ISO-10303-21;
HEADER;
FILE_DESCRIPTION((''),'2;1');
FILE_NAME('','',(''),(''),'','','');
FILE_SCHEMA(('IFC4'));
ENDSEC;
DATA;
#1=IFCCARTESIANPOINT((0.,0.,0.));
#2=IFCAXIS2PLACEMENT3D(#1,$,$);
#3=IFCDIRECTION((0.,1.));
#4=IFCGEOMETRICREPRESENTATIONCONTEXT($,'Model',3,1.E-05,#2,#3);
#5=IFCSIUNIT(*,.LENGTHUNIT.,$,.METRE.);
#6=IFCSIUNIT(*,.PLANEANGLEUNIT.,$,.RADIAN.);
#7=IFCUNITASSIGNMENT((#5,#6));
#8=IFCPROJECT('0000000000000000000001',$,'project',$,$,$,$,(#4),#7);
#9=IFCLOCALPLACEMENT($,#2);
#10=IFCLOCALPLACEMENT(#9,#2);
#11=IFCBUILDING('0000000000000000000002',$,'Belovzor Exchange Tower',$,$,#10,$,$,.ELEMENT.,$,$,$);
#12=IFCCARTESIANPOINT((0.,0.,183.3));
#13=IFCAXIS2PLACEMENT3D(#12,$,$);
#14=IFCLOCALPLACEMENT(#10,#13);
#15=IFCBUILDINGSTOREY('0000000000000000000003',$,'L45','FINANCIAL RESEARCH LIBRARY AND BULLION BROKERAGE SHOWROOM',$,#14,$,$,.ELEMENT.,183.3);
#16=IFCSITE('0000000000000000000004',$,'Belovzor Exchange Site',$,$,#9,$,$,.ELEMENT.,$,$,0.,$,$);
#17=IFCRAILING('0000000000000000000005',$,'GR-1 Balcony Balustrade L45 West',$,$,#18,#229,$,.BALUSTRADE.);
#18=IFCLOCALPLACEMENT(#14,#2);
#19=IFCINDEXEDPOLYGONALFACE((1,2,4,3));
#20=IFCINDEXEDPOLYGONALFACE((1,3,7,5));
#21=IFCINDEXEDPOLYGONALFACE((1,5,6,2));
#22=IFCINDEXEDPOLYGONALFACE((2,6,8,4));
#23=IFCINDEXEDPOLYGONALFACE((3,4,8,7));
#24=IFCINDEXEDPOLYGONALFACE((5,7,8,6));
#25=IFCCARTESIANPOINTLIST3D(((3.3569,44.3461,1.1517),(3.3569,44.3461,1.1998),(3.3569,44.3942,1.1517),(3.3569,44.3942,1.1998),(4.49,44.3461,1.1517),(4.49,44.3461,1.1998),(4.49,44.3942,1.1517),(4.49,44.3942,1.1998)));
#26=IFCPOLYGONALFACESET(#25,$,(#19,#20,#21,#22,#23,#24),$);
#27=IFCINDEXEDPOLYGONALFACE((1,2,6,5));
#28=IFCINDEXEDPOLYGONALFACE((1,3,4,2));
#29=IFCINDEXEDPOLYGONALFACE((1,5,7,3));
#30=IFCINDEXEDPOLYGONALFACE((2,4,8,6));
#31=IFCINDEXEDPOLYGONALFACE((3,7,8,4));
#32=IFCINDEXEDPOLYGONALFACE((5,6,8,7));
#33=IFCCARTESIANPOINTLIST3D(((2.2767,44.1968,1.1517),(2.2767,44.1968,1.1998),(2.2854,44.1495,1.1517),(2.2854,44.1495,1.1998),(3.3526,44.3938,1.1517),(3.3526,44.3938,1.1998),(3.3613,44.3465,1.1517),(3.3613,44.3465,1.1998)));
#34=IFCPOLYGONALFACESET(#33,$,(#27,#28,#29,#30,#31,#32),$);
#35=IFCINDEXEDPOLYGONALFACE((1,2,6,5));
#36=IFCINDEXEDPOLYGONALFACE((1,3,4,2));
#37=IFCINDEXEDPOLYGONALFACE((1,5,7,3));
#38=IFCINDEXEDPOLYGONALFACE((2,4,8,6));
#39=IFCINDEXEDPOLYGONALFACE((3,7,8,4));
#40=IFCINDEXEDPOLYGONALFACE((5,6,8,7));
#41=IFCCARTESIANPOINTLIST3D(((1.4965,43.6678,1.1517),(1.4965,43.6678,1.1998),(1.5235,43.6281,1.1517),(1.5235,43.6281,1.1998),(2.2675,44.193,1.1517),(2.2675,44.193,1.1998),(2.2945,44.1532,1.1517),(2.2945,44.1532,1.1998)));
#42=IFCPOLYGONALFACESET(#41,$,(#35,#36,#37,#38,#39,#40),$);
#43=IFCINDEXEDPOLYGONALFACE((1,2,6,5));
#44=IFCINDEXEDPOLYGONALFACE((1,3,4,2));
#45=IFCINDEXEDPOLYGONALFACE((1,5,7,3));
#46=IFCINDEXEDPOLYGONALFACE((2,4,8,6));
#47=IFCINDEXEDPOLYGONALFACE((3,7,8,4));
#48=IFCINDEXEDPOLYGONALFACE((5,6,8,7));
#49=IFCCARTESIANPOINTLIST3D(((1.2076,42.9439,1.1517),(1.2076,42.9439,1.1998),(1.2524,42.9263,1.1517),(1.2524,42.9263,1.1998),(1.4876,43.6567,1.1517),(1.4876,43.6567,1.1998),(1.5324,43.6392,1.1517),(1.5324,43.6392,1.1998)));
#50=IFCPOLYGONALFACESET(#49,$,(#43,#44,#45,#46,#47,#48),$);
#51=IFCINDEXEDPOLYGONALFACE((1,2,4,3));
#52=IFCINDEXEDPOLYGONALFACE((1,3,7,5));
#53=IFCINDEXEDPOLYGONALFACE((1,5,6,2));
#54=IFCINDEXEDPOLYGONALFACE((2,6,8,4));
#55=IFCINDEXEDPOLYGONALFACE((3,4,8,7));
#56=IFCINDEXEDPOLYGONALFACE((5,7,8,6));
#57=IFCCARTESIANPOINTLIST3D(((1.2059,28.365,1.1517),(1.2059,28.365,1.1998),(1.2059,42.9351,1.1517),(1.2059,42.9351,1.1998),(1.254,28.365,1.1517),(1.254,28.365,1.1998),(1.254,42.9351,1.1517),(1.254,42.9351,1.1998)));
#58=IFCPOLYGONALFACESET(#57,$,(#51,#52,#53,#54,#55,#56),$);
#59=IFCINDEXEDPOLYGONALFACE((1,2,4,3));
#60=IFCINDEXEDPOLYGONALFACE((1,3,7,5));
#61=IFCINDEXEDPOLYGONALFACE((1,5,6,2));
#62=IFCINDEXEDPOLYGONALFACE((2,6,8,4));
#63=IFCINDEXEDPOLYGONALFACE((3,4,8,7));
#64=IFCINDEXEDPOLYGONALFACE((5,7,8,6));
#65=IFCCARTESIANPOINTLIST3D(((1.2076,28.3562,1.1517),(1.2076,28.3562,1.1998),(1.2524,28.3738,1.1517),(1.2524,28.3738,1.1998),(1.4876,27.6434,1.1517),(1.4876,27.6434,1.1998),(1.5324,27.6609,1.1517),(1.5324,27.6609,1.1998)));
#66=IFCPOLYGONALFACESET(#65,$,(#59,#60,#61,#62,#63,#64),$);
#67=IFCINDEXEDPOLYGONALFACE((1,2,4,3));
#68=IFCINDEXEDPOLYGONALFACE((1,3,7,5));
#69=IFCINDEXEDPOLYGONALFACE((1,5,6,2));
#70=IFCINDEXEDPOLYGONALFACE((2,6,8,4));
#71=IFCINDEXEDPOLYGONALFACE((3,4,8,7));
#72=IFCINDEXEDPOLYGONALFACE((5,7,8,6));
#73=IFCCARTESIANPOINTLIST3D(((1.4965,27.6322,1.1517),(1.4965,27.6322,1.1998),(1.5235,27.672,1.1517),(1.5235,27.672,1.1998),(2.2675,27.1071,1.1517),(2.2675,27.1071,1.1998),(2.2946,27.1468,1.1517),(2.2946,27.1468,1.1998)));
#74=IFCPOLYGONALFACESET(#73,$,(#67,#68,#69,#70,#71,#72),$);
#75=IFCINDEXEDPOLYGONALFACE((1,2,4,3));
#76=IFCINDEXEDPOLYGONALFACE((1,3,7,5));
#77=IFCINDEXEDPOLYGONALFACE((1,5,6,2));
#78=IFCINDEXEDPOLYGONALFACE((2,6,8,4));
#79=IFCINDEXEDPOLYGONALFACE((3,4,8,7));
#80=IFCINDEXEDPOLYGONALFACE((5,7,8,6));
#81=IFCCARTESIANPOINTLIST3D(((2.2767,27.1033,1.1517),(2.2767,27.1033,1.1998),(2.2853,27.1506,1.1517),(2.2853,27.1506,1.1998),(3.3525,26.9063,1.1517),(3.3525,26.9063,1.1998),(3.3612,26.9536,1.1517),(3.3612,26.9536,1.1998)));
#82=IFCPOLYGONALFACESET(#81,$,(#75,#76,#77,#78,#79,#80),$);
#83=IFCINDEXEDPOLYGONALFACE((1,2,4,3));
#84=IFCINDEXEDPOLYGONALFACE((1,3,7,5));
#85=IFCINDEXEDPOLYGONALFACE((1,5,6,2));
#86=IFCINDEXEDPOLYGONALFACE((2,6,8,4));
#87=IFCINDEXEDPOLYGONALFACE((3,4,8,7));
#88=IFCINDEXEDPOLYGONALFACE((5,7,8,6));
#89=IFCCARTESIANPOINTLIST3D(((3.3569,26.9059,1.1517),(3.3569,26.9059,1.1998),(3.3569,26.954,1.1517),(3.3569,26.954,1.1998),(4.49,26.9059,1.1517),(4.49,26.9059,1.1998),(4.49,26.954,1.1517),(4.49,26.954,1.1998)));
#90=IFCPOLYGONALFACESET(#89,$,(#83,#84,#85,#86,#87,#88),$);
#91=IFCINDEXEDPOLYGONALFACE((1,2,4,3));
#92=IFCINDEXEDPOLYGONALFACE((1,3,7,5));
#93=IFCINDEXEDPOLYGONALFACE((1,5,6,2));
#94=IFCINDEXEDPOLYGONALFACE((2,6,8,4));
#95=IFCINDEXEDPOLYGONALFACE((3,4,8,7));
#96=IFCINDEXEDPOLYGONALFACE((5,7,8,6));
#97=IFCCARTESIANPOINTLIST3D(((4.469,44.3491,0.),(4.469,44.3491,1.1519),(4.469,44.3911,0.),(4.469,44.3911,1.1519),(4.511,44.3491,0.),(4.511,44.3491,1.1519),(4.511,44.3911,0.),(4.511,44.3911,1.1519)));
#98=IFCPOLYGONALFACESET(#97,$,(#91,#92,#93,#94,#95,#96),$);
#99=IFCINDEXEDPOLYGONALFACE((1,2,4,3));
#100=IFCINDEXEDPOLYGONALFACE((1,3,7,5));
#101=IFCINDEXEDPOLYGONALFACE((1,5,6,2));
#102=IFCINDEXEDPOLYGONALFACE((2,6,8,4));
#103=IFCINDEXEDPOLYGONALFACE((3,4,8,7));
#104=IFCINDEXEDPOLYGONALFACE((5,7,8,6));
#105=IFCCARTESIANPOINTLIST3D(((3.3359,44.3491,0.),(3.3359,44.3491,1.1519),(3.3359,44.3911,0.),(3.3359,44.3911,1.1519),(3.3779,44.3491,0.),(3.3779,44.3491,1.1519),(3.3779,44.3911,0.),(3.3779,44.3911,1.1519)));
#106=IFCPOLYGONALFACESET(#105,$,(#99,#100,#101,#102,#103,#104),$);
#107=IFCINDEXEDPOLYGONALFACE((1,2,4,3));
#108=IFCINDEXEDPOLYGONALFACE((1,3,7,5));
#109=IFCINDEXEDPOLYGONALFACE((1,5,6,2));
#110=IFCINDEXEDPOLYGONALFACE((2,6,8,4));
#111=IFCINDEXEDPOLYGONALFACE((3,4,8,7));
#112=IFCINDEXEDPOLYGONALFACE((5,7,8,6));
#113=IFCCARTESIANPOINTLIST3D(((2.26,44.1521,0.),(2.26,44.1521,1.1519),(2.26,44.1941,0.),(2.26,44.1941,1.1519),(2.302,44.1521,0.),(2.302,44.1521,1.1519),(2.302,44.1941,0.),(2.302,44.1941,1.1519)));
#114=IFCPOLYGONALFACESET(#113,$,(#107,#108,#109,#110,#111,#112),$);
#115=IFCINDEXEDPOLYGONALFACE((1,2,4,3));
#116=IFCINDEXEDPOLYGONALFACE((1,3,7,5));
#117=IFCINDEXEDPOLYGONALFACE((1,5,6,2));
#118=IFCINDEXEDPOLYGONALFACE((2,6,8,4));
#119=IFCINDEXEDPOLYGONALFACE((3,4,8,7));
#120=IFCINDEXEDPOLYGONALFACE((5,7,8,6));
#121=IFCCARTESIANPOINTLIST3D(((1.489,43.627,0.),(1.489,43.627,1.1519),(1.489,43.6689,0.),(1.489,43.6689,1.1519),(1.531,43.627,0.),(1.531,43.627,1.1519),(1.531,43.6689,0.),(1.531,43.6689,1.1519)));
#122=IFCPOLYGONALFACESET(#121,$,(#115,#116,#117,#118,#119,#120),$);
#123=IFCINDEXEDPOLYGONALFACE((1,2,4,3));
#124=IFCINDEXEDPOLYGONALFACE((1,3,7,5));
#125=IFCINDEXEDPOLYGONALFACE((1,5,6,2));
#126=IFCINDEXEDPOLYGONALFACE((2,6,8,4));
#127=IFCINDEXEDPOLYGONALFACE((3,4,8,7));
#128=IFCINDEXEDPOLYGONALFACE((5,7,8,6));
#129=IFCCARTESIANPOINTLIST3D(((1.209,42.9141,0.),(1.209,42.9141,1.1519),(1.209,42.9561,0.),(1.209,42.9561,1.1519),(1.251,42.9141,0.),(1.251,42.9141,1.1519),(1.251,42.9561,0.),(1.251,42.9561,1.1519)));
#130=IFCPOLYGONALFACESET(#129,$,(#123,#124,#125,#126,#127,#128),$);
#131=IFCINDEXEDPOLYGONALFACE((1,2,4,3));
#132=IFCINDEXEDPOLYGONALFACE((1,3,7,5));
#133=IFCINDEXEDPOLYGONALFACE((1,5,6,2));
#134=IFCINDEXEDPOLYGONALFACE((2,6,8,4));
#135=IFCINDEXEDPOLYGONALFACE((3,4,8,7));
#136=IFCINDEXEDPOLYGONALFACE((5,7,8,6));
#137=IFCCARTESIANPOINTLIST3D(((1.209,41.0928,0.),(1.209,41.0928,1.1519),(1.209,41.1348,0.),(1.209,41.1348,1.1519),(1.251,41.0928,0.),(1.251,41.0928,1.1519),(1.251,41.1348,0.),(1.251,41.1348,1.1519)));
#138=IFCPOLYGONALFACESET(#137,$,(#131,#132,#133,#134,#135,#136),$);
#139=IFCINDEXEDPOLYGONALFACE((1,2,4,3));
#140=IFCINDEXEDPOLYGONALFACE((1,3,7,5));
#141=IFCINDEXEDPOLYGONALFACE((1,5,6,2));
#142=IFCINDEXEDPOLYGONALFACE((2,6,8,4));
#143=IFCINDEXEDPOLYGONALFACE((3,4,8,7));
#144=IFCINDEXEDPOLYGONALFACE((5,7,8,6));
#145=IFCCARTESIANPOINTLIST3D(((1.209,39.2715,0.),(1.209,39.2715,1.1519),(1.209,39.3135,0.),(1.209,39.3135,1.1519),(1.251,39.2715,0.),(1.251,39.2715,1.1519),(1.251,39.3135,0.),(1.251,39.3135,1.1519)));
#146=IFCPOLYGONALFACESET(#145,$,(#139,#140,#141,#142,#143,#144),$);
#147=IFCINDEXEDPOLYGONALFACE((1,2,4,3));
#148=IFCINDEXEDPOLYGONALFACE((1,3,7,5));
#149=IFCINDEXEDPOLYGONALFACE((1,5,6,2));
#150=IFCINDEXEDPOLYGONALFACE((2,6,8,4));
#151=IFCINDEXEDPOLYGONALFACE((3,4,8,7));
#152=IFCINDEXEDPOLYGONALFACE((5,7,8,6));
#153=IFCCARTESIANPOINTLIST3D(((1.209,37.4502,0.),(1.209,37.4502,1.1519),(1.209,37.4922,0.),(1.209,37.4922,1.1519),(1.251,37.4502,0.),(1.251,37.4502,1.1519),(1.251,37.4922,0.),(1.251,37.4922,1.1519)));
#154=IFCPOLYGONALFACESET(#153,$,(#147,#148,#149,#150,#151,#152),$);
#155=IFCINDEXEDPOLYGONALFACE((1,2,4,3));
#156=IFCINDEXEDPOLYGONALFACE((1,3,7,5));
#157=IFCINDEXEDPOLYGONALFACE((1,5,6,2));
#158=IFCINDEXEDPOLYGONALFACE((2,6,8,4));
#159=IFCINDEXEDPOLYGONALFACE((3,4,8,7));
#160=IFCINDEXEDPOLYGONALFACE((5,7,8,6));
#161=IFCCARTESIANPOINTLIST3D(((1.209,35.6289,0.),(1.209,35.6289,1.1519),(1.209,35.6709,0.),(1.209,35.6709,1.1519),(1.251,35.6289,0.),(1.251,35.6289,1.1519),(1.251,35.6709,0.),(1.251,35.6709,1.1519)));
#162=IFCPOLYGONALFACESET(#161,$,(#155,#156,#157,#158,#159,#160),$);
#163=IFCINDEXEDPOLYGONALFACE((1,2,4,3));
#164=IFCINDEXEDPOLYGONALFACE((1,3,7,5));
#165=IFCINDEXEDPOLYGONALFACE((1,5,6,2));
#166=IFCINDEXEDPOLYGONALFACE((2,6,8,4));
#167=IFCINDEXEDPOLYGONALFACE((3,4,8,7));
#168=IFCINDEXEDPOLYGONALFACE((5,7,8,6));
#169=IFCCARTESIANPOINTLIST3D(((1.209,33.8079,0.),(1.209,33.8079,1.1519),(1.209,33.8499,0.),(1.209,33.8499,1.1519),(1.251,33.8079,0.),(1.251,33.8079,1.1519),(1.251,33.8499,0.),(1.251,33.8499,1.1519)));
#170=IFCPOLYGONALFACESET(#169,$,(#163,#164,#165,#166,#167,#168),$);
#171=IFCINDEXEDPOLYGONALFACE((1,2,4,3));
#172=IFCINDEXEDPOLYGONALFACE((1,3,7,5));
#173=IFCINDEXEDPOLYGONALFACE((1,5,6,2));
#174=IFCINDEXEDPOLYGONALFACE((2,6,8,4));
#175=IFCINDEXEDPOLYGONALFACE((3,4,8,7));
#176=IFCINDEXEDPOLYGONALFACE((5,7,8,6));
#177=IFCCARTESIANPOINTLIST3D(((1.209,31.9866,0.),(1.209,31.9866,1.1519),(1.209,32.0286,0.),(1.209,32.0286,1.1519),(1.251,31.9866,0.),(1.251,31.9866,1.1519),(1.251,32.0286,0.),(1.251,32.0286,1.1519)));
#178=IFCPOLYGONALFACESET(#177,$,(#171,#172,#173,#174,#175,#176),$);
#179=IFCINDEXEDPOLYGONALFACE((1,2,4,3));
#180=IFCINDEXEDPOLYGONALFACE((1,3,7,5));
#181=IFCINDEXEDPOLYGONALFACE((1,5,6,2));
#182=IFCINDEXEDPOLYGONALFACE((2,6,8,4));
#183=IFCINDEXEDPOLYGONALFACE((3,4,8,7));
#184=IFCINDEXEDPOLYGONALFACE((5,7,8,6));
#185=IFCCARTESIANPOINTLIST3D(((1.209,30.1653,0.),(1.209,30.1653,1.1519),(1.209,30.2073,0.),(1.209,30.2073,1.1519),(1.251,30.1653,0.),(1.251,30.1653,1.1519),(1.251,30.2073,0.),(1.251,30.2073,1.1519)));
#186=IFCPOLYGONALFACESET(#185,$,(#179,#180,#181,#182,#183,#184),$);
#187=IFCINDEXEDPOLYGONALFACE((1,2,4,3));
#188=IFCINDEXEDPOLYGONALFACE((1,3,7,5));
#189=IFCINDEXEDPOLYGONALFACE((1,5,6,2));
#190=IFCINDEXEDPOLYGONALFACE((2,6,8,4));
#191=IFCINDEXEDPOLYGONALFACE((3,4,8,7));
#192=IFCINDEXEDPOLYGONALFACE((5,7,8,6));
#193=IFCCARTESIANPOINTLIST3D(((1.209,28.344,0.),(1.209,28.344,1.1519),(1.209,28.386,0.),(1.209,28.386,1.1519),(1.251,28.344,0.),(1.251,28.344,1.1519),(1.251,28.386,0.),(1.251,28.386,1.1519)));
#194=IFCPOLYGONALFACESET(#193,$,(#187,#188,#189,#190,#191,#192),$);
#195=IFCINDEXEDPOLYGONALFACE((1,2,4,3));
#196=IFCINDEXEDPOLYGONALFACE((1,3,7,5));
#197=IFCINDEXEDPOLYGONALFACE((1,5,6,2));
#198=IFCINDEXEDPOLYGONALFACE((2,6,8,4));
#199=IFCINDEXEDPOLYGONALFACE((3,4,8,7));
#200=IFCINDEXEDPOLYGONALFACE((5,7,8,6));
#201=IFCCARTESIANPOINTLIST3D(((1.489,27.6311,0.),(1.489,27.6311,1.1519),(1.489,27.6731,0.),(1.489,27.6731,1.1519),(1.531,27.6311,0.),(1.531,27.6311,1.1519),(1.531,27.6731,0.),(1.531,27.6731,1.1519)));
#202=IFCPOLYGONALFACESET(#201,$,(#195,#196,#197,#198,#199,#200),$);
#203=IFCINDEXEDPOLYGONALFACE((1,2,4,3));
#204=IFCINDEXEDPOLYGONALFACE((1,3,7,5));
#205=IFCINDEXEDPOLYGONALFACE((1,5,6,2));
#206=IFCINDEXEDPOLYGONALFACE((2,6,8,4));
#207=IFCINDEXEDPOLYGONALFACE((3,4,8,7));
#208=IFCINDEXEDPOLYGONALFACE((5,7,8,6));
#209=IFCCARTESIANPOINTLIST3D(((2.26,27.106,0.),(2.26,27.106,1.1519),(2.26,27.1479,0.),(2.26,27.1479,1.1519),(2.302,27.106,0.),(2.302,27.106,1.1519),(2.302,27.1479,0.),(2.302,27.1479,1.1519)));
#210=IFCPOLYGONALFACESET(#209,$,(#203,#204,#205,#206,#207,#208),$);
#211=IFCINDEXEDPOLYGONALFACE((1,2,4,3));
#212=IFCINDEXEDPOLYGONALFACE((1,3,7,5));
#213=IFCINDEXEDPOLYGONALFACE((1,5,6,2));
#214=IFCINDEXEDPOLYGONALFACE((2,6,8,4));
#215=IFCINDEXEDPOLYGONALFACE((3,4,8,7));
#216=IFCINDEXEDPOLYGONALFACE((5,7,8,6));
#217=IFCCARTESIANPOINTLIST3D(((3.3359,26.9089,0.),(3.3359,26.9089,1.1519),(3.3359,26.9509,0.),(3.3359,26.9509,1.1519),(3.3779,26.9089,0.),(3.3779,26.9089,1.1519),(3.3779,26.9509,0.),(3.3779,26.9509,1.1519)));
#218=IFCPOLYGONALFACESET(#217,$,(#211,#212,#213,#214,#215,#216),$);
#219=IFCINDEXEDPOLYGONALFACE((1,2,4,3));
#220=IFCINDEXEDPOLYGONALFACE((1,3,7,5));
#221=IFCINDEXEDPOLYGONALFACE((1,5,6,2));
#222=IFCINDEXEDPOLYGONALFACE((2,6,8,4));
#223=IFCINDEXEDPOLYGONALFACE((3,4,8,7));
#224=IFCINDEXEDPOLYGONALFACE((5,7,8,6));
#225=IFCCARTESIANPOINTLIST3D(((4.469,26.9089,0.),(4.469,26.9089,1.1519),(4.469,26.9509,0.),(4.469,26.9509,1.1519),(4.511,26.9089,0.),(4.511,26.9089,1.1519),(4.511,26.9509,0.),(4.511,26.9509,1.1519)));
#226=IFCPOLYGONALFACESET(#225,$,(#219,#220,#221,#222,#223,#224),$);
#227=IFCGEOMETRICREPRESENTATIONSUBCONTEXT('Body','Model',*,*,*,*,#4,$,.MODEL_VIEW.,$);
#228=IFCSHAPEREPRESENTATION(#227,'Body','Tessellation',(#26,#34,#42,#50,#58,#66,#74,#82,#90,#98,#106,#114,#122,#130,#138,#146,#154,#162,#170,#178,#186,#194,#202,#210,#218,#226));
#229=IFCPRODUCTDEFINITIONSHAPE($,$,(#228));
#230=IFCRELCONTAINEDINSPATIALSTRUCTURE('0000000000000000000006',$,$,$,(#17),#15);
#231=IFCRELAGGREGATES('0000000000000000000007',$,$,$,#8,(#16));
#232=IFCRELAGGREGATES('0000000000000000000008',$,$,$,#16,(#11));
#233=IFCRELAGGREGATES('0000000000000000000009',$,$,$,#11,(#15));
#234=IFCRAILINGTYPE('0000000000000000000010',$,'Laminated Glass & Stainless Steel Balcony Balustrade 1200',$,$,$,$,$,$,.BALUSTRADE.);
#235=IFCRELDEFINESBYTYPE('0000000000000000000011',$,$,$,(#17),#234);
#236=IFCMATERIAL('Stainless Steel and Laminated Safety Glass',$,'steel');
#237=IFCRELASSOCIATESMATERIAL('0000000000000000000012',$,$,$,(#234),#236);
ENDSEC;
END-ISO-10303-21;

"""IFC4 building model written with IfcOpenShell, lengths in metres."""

from ifc_helpers import new_model, si_unit, direction, frame, origin, origin_2d, place, context, subcontext, project, spatial, rectangle, extrude, material, type_object, element, save


model = new_model("IFC4")

# Units and contexts
model_context = context("Model", 3, precision=1e-05, world=origin(), true_north=direction((0.0, 1.0)))
body_context = subcontext(model_context, "Body", "Model", "MODEL_VIEW")
ifc_project = project(units=[si_unit("LENGTHUNIT", "METRE"), si_unit("PLANEANGLEUNIT", "RADIAN")], contexts=[model_context])

# Site, building, storey
site_placement = place(None, origin())
site = spatial("IfcSite", under=ifc_project, at=site_placement, Name="Belovzor Exchange Site", CompositionType="ELEMENT", RefElevation=0.0)
building_placement = place(site_placement, origin())
building = spatial("IfcBuilding", under=site, at=building_placement, Name="Belovzor Exchange Tower", CompositionType="ELEMENT")
storey_placement = place(building_placement, frame((0.0, 0.0, 183.3)))
storey = spatial("IfcBuildingStorey", under=building, at=storey_placement, Name="L45", Description="FINANCIAL RESEARCH LIBRARY AND BULLION BROKERAGE SHOWROOM", CompositionType="ELEMENT", Elevation=183.3)

# Railing
ifc_material_1 = material(Name="Stainless Steel and Laminated Safety Glass", Category="steel")
railing_type = type_object("IfcRailingType", Name="Laminated Glass & Stainless Steel Balcony Balustrade 1200", PredefinedType="BALUSTRADE", material=ifc_material_1)
railing_placement = place(storey_placement, frame((4.49, 44.3701, 0.0)))
element("IfcRailing", 1, at=railing_placement, inside=storey, type_object=railing_type, Name="GR-1 Balcony Balustrade L45 West", PredefinedType="BALUSTRADE", context=body_context, shape_type="SweptSolid", body=[
    extrude(rectangle(XDim=0.0481, YDim=0.0481, at=origin_2d()), frame((0.0, 0.0, 1.1758), z_axis=(-1.0, 0.0, 0.0), x_axis=(0.0, -1.0, 0.0)), (0.0, 0.0, 1.0), 1.1331),
    extrude(rectangle(XDim=0.0481, YDim=0.0481, at=origin_2d()), frame((-1.1331, 0.0, 1.1758), z_axis=(-0.983644, -0.180123, 0.0), x_axis=(0.180123, -0.983644, 0.0)), (0.0, 0.0, 1.0), 1.0938),
    extrude(rectangle(XDim=0.0481, YDim=0.0481, at=origin_2d()), frame((-2.209, -0.197, 1.1758), z_axis=(-0.826493, -0.562947, 0.0), x_axis=(0.562947, -0.826493, 0.0)), (0.0, 0.0, 1.0), 0.9329),
    extrude(rectangle(XDim=0.0481, YDim=0.0481, at=origin_2d()), frame((-2.98, -0.7222, 1.1758), z_axis=(-0.365613, -0.930767, 0.0), x_axis=(0.930767, -0.365613, 0.0)), (0.0, 0.0, 1.0), 0.7659),
    extrude(rectangle(XDim=0.0481, YDim=0.0481, at=origin_2d()), frame((-3.26, -1.4351, 1.1758), z_axis=(0.0, -1.0, 0.0), x_axis=(1.0, 0.0, 0.0)), (0.0, 0.0, 1.0), 14.5701),
    extrude(rectangle(XDim=0.0481, YDim=0.0481, at=origin_2d()), frame((-3.26, -16.0051, 1.1758), z_axis=(0.365613, -0.930767, 0.0), x_axis=(0.930767, 0.365613, 0.0)), (0.0, 0.0, 1.0), 0.7659),
    extrude(rectangle(XDim=0.0481, YDim=0.0481, at=origin_2d()), frame((-2.98, -16.718, 1.1758), z_axis=(0.826493, -0.562947, 0.0), x_axis=(0.562947, 0.826493, 0.0)), (0.0, 0.0, 1.0), 0.9329),
    extrude(rectangle(XDim=0.0481, YDim=0.0481, at=origin_2d()), frame((-2.209, -17.2432, 1.1758), z_axis=(0.983644, -0.180123, 0.0), x_axis=(0.180123, 0.983644, 0.0)), (0.0, 0.0, 1.0), 1.0938),
    extrude(rectangle(XDim=0.0481, YDim=0.0481, at=origin_2d()), frame((-1.1331, -17.4402, 1.1758), z_axis=(1.0, 0.0, 0.0), x_axis=(0.0, 1.0, 0.0)), (0.0, 0.0, 1.0), 1.1331),
    extrude(rectangle(XDim=0.042, YDim=0.042, at=origin_2d()), origin(), (0.0, 0.0, 1.0), 1.1519),
    extrude(rectangle(XDim=0.042, YDim=0.042, at=origin_2d()), frame((-1.1331, 0.0, 0.0)), (0.0, 0.0, 1.0), 1.1519),
    extrude(rectangle(XDim=0.042, YDim=0.042, at=origin_2d()), frame((-2.209, -0.197, 0.0)), (0.0, 0.0, 1.0), 1.1519),
    extrude(rectangle(XDim=0.042, YDim=0.042, at=origin_2d()), frame((-2.98, -0.7222, 0.0)), (0.0, 0.0, 1.0), 1.1519),
    extrude(rectangle(XDim=0.042, YDim=0.042, at=origin_2d()), frame((-3.26, -1.4351, 0.0)), (0.0, 0.0, 1.0), 1.1519),
    extrude(rectangle(XDim=0.042, YDim=0.042, at=origin_2d()), frame((-3.26, -3.2563, 0.0)), (0.0, 0.0, 1.0), 1.1519),
    extrude(rectangle(XDim=0.042, YDim=0.042, at=origin_2d()), frame((-3.26, -5.0776, 0.0)), (0.0, 0.0, 1.0), 1.1519),
    extrude(rectangle(XDim=0.042, YDim=0.042, at=origin_2d()), frame((-3.26, -6.8989, 0.0)), (0.0, 0.0, 1.0), 1.1519),
    extrude(rectangle(XDim=0.042, YDim=0.042, at=origin_2d()), frame((-3.26, -8.7202, 0.0)), (0.0, 0.0, 1.0), 1.1519),
    extrude(rectangle(XDim=0.042, YDim=0.042, at=origin_2d()), frame((-3.26, -10.5413, 0.0)), (0.0, 0.0, 1.0), 1.1519),
    extrude(rectangle(XDim=0.042, YDim=0.042, at=origin_2d()), frame((-3.26, -12.3625, 0.0)), (0.0, 0.0, 1.0), 1.1519),
    extrude(rectangle(XDim=0.042, YDim=0.042, at=origin_2d()), frame((-3.26, -14.1838, 0.0)), (0.0, 0.0, 1.0), 1.1519),
    extrude(rectangle(XDim=0.042, YDim=0.042, at=origin_2d()), frame((-3.26, -16.0051, 0.0)), (0.0, 0.0, 1.0), 1.1519),
    extrude(rectangle(XDim=0.042, YDim=0.042, at=origin_2d()), frame((-2.98, -16.718, 0.0)), (0.0, 0.0, 1.0), 1.1519),
    extrude(rectangle(XDim=0.042, YDim=0.042, at=origin_2d()), frame((-2.209, -17.2432, 0.0)), (0.0, 0.0, 1.0), 1.1519),
    extrude(rectangle(XDim=0.042, YDim=0.042, at=origin_2d()), frame((-1.1331, -17.4402, 0.0)), (0.0, 0.0, 1.0), 1.1519),
    extrude(rectangle(XDim=0.042, YDim=0.042, at=origin_2d()), frame((0.0, -17.4402, 0.0)), (0.0, 0.0, 1.0), 1.1519),
])

save(model, "model.ifc")
